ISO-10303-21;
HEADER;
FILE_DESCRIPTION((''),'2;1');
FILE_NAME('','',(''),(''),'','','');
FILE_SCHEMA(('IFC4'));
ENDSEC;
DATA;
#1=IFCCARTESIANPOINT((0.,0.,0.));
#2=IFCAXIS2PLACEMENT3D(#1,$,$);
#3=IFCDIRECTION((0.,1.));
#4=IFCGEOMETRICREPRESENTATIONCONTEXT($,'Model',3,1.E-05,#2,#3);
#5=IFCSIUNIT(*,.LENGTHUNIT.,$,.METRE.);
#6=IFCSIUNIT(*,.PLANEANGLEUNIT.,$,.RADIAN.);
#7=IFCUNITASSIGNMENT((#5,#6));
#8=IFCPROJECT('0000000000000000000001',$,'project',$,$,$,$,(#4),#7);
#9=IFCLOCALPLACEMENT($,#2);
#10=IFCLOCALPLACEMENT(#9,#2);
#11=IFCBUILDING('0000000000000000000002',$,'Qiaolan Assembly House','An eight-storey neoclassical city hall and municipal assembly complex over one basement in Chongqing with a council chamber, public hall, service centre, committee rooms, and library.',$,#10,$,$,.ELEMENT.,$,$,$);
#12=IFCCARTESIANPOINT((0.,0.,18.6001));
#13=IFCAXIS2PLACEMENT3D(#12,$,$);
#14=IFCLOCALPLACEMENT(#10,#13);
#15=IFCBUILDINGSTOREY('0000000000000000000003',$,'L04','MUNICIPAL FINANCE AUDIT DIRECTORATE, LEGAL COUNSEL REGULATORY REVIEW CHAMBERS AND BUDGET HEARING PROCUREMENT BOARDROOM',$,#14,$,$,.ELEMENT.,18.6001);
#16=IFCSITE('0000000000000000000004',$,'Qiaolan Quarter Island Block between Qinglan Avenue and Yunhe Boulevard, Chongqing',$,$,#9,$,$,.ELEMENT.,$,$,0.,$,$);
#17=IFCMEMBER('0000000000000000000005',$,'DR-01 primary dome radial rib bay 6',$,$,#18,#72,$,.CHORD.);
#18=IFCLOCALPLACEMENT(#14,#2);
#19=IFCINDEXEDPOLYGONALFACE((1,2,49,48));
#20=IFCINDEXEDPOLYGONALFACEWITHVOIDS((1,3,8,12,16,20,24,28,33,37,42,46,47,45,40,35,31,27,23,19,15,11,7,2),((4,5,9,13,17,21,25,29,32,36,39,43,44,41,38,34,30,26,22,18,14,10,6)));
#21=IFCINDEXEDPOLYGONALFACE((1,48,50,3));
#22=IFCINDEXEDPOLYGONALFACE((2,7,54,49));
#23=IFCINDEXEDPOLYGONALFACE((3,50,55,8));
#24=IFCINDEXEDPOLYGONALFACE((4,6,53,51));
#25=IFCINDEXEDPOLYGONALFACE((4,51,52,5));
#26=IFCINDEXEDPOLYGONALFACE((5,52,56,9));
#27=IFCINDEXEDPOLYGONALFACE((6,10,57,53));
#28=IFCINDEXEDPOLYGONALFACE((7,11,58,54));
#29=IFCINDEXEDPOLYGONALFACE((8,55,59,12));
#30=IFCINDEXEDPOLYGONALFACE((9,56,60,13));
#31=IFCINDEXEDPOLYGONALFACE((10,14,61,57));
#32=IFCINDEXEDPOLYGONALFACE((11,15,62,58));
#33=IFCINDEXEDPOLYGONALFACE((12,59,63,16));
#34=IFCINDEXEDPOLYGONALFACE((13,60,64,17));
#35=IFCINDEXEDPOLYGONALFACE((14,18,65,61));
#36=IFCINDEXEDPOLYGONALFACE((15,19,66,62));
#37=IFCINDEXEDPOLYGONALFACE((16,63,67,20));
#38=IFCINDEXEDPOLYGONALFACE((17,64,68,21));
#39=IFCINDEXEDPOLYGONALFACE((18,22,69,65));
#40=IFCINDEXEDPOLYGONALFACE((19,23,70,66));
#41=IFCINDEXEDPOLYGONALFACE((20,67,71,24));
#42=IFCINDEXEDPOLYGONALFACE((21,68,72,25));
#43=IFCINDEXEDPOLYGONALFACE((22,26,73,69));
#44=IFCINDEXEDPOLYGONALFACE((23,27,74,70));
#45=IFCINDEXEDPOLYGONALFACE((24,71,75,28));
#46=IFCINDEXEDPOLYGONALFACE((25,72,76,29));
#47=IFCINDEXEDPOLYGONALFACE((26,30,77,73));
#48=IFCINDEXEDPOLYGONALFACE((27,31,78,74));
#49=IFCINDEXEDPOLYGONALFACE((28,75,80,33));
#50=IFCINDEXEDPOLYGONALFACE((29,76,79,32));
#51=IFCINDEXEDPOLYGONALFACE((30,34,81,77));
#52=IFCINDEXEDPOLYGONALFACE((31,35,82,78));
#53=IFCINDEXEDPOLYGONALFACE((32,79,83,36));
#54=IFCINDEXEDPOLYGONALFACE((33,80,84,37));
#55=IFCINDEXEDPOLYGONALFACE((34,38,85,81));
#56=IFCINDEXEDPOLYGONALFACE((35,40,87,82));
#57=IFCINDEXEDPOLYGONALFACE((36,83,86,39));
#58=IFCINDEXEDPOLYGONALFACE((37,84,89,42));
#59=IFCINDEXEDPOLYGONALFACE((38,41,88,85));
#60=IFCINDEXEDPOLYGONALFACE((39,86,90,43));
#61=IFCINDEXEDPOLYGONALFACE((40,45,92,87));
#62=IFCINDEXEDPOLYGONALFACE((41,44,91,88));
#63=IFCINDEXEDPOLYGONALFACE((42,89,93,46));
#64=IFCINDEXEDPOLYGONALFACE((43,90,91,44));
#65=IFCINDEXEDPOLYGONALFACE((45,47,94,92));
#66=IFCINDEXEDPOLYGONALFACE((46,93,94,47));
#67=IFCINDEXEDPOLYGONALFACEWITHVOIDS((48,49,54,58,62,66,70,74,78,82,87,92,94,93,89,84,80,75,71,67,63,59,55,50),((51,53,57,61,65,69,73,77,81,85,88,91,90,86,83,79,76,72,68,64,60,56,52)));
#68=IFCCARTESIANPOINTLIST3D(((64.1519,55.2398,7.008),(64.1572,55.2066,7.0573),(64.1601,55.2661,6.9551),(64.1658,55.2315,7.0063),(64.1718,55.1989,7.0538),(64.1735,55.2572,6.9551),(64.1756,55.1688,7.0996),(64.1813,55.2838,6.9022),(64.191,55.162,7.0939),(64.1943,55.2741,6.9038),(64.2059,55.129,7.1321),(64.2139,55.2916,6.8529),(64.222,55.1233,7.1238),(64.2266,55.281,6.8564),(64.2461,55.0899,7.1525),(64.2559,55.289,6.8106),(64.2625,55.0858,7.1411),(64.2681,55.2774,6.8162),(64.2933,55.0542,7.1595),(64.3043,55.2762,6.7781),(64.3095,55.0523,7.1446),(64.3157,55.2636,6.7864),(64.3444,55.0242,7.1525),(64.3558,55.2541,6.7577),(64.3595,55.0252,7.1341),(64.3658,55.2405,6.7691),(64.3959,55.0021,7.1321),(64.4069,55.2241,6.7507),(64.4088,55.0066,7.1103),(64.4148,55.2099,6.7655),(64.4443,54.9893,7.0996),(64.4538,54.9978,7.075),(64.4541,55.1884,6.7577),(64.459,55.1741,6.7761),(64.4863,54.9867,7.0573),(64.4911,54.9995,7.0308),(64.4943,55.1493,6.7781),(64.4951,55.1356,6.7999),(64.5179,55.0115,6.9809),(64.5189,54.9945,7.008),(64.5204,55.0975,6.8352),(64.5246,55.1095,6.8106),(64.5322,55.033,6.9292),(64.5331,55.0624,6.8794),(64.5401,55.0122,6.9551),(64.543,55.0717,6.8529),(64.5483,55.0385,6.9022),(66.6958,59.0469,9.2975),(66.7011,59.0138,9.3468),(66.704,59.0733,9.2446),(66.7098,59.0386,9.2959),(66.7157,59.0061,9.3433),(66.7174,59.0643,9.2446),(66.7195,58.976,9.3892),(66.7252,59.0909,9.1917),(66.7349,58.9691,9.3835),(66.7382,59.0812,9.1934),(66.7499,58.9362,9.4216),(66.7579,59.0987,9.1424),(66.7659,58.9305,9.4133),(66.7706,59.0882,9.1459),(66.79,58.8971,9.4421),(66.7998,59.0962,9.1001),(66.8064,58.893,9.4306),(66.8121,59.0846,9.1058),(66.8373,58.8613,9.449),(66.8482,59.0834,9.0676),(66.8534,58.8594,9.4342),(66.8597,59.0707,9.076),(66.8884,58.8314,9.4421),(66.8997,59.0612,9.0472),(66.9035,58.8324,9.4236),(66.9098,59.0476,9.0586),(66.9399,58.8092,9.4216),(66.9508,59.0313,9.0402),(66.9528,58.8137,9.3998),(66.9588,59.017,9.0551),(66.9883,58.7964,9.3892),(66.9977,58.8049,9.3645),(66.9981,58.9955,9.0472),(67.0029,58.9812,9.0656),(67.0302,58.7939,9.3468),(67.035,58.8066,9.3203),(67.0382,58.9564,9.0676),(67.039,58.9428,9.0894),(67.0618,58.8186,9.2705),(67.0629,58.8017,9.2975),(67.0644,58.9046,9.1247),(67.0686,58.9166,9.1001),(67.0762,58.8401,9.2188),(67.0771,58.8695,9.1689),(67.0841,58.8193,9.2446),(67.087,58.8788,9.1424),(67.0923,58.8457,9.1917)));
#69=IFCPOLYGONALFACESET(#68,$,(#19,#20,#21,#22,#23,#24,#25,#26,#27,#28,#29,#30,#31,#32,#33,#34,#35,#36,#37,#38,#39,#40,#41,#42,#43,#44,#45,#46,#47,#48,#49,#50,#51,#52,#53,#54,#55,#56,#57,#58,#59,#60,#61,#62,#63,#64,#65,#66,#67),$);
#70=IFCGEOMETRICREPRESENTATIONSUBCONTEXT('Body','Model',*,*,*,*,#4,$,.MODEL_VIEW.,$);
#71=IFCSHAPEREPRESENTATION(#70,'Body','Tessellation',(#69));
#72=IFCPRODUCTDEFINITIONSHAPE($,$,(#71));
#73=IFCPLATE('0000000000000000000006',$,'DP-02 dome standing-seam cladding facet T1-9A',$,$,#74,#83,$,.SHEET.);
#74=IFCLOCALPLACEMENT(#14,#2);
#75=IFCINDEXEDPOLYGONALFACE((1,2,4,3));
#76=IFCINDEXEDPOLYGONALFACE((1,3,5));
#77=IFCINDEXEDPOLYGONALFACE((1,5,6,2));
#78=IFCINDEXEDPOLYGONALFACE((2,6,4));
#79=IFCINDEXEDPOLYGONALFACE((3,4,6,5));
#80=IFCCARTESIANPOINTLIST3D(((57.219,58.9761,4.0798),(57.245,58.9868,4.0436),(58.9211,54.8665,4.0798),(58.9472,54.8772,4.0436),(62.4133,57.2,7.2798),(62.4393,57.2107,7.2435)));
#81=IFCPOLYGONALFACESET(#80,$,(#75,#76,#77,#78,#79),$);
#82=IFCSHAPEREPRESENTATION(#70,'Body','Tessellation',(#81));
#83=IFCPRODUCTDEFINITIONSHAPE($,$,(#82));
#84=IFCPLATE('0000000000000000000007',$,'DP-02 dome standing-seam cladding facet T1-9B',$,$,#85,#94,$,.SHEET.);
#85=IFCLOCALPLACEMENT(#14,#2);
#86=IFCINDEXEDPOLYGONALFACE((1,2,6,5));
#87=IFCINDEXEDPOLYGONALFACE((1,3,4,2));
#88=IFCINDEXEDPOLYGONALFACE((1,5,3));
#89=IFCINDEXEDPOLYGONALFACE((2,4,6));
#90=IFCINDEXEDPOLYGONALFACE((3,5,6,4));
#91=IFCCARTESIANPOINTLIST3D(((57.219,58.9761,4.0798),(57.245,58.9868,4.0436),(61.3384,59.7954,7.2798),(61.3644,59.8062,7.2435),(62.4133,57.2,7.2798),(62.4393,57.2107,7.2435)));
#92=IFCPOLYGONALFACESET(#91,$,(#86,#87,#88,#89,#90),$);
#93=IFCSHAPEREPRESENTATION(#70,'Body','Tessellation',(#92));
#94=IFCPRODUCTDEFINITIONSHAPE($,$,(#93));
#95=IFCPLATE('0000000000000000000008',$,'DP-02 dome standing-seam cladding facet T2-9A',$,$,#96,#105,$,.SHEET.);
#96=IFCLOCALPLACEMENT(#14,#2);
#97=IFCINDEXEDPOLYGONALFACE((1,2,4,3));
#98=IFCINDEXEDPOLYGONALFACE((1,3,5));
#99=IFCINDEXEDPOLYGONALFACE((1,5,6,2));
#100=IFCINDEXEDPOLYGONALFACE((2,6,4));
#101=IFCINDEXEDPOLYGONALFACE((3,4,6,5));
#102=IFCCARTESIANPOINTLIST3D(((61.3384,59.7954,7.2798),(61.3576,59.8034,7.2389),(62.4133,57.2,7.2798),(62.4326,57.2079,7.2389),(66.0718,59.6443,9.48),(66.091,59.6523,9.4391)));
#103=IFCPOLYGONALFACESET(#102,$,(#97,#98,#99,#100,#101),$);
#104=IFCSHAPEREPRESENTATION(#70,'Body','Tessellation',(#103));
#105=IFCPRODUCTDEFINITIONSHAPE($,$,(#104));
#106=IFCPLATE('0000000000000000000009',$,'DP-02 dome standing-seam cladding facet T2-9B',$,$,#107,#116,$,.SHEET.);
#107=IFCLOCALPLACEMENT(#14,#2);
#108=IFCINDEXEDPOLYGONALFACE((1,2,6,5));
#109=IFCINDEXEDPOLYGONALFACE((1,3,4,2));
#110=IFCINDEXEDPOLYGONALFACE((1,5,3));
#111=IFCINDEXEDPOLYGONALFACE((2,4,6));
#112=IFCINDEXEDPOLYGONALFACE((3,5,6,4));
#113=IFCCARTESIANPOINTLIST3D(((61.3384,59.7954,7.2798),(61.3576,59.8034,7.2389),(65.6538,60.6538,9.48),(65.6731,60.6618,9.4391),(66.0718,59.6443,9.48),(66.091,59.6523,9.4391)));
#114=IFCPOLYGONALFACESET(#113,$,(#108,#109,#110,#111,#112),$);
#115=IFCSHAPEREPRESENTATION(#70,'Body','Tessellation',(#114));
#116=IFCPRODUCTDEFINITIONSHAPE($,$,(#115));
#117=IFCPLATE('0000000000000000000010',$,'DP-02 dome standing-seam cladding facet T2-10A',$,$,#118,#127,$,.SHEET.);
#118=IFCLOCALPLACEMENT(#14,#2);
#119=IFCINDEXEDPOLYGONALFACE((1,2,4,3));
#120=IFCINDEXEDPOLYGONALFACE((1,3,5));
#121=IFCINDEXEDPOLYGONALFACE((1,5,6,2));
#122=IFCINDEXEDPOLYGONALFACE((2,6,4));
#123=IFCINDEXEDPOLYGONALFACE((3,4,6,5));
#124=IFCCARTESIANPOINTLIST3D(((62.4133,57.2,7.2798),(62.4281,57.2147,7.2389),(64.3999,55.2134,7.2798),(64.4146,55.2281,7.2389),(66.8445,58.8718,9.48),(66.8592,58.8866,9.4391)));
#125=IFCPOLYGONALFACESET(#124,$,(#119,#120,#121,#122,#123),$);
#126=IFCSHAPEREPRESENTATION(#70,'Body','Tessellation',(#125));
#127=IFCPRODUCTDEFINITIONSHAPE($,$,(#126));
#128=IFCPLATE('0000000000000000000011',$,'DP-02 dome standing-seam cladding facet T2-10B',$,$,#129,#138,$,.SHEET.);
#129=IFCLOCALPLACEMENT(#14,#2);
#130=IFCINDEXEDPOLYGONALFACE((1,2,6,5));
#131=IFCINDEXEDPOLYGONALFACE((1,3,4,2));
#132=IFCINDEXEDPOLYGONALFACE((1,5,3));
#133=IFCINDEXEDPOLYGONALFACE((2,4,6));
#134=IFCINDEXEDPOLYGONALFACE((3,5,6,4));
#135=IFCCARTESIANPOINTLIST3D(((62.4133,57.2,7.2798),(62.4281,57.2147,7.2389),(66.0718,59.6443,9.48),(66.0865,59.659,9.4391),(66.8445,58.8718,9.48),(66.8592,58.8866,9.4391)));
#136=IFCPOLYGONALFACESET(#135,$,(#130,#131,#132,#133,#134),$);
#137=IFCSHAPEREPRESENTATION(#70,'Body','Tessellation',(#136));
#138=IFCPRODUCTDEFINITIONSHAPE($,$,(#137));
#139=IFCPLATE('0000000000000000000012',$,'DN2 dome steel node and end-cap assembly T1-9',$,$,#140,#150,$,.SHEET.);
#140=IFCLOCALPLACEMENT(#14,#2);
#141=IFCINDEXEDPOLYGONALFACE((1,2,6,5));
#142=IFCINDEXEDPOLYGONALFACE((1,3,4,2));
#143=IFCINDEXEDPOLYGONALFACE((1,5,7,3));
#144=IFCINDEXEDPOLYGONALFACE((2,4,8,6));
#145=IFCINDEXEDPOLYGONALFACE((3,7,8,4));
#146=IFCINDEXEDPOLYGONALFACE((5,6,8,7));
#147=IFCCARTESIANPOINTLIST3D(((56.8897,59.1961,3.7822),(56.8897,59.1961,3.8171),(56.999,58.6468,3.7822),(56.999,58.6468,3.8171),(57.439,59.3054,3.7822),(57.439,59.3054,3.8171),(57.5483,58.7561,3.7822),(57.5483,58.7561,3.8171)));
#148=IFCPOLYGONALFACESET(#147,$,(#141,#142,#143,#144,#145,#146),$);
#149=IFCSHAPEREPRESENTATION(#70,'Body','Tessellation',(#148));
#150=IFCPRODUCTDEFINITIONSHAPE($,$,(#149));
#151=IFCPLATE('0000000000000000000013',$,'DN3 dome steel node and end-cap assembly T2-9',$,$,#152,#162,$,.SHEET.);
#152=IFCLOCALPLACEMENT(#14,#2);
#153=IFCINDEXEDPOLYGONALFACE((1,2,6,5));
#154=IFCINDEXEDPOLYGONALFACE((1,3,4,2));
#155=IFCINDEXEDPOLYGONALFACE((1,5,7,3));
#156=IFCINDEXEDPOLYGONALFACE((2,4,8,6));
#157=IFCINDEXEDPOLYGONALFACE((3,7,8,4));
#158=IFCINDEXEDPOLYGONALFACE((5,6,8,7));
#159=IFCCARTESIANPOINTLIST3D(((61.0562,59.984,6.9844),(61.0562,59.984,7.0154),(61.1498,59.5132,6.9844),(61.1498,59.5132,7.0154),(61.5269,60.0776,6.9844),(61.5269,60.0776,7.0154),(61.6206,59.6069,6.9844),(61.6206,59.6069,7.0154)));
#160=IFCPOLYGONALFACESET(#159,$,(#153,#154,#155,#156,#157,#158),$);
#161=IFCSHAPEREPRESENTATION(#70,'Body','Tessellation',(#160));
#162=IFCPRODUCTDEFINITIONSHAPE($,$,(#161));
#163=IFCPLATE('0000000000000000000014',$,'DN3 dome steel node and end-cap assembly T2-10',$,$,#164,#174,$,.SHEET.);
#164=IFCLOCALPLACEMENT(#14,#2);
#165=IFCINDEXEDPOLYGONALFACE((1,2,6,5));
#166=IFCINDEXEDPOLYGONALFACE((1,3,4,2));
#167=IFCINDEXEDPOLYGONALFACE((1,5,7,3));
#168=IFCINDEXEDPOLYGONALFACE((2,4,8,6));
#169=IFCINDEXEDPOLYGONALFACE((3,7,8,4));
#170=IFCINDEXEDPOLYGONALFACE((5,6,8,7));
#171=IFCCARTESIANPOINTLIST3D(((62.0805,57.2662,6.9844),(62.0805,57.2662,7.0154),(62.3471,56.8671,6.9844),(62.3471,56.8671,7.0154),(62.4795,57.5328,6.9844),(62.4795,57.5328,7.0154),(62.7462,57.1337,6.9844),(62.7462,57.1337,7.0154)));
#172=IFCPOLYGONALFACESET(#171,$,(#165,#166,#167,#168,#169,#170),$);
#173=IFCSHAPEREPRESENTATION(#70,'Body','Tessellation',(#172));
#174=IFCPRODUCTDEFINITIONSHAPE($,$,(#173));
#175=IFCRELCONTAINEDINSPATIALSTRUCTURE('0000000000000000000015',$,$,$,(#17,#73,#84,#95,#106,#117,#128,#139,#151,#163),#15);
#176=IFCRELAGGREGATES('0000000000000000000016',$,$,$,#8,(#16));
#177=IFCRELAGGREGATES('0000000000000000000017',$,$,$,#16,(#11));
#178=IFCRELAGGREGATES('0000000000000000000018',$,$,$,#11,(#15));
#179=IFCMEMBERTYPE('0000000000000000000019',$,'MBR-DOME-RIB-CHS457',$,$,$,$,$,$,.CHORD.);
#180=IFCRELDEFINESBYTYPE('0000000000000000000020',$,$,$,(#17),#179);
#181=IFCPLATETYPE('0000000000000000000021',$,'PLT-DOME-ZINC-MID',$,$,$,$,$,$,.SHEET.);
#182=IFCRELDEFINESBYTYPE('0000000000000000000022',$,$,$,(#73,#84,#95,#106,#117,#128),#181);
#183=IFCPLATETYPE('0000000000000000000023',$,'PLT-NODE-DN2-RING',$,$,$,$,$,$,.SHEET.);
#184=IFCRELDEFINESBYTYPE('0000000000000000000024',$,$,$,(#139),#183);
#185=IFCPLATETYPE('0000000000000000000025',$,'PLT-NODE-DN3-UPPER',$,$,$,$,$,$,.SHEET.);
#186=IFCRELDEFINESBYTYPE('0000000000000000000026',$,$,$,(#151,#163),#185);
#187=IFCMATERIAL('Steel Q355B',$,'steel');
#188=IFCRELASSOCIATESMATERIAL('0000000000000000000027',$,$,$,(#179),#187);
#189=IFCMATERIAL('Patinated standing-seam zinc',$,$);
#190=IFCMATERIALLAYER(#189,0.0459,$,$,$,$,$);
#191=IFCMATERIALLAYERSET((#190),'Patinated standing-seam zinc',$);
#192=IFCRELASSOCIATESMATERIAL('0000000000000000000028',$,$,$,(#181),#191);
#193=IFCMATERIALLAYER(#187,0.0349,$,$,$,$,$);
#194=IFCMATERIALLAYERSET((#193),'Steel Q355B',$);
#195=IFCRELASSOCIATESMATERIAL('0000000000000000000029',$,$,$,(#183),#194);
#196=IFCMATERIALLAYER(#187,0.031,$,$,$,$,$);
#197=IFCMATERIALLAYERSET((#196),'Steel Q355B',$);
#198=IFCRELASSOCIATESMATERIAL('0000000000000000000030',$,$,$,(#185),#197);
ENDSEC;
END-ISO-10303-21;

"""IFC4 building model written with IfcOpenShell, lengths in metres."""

from ifc_helpers import new_model, si_unit, direction, frame, origin, origin_2d, place, context, subcontext, project, spatial, polyline, rectangle, hollow_circle, outline, extrude, material, layer, layer_set, material_profile, profile_set, type_object, element, save


model = new_model("IFC4")

# Units and contexts
model_context = context("Model", 3, precision=1e-05, world=origin(), true_north=direction((0.0, 1.0)))
body_context = subcontext(model_context, "Body", "Model", "MODEL_VIEW")
ifc_project = project(units=[si_unit("LENGTHUNIT", "METRE"), si_unit("PLANEANGLEUNIT", "RADIAN")], contexts=[model_context])

# Site, building, storey
site_placement = place(None, origin())
site = spatial("IfcSite", under=ifc_project, at=site_placement, Name="Qiaolan Quarter Island Block between Qinglan Avenue and Yunhe Boulevard, Chongqing", CompositionType="ELEMENT", RefElevation=0.0)
building_placement = place(site_placement, origin())
building = spatial("IfcBuilding", under=site, at=building_placement, Name="Qiaolan Assembly House", Description="An eight-storey neoclassical city hall and municipal assembly complex over one basement in Chongqing with a council chamber, public hall, service centre, committee rooms, and library.", CompositionType="ELEMENT")
storey_placement = place(building_placement, frame((0.0, 0.0, 18.6001)))
storey = spatial("IfcBuildingStorey", under=building, at=storey_placement, Name="L04", Description="MUNICIPAL FINANCE AUDIT DIRECTORATE, LEGAL COUNSEL REGULATORY REVIEW CHAMBERS AND BUDGET HEARING PROCUREMENT BOARDROOM", CompositionType="ELEMENT", Elevation=18.6001)

# Shared definitions
ifc_material_1 = material(Name="Steel Q355B", Category="steel")

# Member
ifc_material_profile_1 = material_profile(ifc_material_1, hollow_circle(Radius=0.2285, WallThickness=0.0161, at=origin_2d()), Name="CHS 457x16")
ifc_profile_set_1 = profile_set([ifc_material_profile_1], Name="Steel Q355B")
member_type_1 = type_object("IfcMemberType", Name="MBR-DOME-RIB-CHS457", PredefinedType="CHORD", material=ifc_profile_set_1)
member_1_placement = place(storey_placement, frame((64.3501, 55.1392, 6.9551), z_axis=(0.496926, 0.743672, 0.447233), x_axis=(-0.831459, 0.555586, 0.0)))
element("IfcMember", 1, at=member_1_placement, inside=storey, type_object=member_type_1, Name="DR-01 primary dome radial rib bay 6", PredefinedType="CHORD", context=body_context, shape_type="SweptSolid", body=[
    extrude(hollow_circle(Radius=0.2285, WallThickness=0.0161, at=origin_2d()), origin(), (0.0, 0.0, 1.0), 5.1194),
])

# Plates
ifc_material_2 = material(Name="Patinated standing-seam zinc")
ifc_layer_1 = layer(ifc_material_2, 0.0459)
ifc_layer_set_1 = layer_set([ifc_layer_1], Name="Patinated standing-seam zinc")
plate_type_1 = type_object("IfcPlateType", Name="PLT-DOME-ZINC-MID", PredefinedType="SHEET", material=ifc_layer_set_1)
plate_1_placement = place(storey_placement, frame((57.219, 58.9761, 4.0798), z_axis=(-0.566774, -0.23475, 0.789721), x_axis=(0.382662, -0.923888, 0.0)))
element("IfcPlate", 2, at=plate_1_placement, inside=storey, type_object=plate_type_1, Name="DP-02 dome standing-seam cladding facet T1-9A", PredefinedType="SHEET", context=body_context, shape_type="SweptSolid", body=[
    extrude(outline(polyline([(0.0, 0.0), (4.4482, 0.0), (3.6286, 5.2162), (0.0, 0.0)])), origin(), (0.0, 0.0, -1.0), 0.0459),
])
plate_2_placement = place(storey_placement, frame((57.219, 58.9761, 4.0798), z_axis=(-0.566773, -0.234738, 0.789726), x_axis=(0.817469, -0.279521, 0.503599)))
element("IfcPlate", 3, at=plate_2_placement, inside=storey, type_object=plate_type_1, Name="DP-02 dome standing-seam cladding facet T1-9B", PredefinedType="SHEET", context=body_context, shape_type="SweptSolid", body=[
    extrude(outline(polyline([(0.0, 0.0), (6.3542, 0.0), (4.7499, 2.3062), (0.0, 0.0)])), origin(), (0.0, 0.0, -1.0), 0.0459),
])
plate_3_placement = place(storey_placement, frame((61.3384, 59.7954, 7.2798), z_axis=(-0.419655, -0.173807, 0.890888), x_axis=(0.382646, -0.923895, 0.0)))
element("IfcPlate", 4, at=plate_3_placement, inside=storey, type_object=plate_type_1, Name="DP-02 dome standing-seam cladding facet T2-9A", PredefinedType="SHEET", context=body_context, shape_type="SweptSolid", body=[
    extrude(outline(polyline([(0.0, 0.0), (2.8093, 0.0), (1.9508, 4.8439), (0.0, 0.0)])), origin(), (0.0, 0.0, -1.0), 0.0459),
])
plate_4_placement = place(storey_placement, frame((61.3384, 59.7954, 7.2798), z_axis=(-0.419658, -0.173749, 0.890898), x_axis=(0.906443, -0.02894, 0.421336)))
element("IfcPlate", 5, at=plate_4_placement, inside=storey, type_object=plate_type_1, Name="DP-02 dome standing-seam cladding facet T2-9B", PredefinedType="SHEET", context=body_context, shape_type="SweptSolid", body=[
    extrude(outline(polyline([(0.0, 0.0), (5.2219, 0.0), (4.8139, 1.0136), (0.0, 0.0)])), origin(), (0.0, 0.0, -1.0), 0.0459),
])
plate_5_placement = place(storey_placement, frame((62.4133, 57.2, 7.2798), z_axis=(-0.321175, -0.321175, 0.890894), x_axis=(0.707107, -0.707107, 0.0)))
element("IfcPlate", 6, at=plate_5_placement, inside=storey, type_object=plate_type_1, Name="DP-02 dome standing-seam cladding facet T2-10A", PredefinedType="SHEET", context=body_context, shape_type="SweptSolid", body=[
    extrude(outline(polyline([(0.0, 0.0), (2.8094, 0.0), (1.9511, 4.844), (0.0, 0.0)])), origin(), (0.0, 0.0, -1.0), 0.0459),
])
plate_6_placement = place(storey_placement, frame((62.4133, 57.2, 7.2798), z_axis=(-0.321143, -0.321244, 0.890881), x_axis=(0.848526, 0.320149, 0.421318)))
element("IfcPlate", 7, at=plate_6_placement, inside=storey, type_object=plate_type_1, Name="DP-02 dome standing-seam cladding facet T2-10B", PredefinedType="SHEET", context=body_context, shape_type="SweptSolid", body=[
    extrude(outline(polyline([(0.0, 0.0), (5.2222, 0.0), (4.8138, 1.0134), (0.0, 0.0)])), origin(), (0.0, 0.0, -1.0), 0.0459),
])
ifc_layer_2 = layer(ifc_material_1, 0.0349)
ifc_layer_set_2 = layer_set([ifc_layer_2], Name="Steel Q355B")
plate_type_2 = type_object("IfcPlateType", Name="PLT-NODE-DN2-RING", PredefinedType="SHEET", material=ifc_layer_set_2)
plate_7_placement = place(storey_placement, frame((57.219, 58.9761, 3.7822), z_axis=(0.0, 0.0, 1.0), x_axis=(-0.980785, -0.19509, 0.0)))
element("IfcPlate", 8, at=plate_7_placement, inside=storey, type_object=plate_type_2, Name="DN2 dome steel node and end-cap assembly T1-9", PredefinedType="SHEET", context=body_context, shape_type="SweptSolid", body=[
    extrude(rectangle(XDim=0.5601, YDim=0.5601, at=origin_2d()), origin(), (0.0, 0.0, 1.0), 0.0349),
])
ifc_layer_3 = layer(ifc_material_1, 0.031)
ifc_layer_set_3 = layer_set([ifc_layer_3], Name="Steel Q355B")
plate_type_3 = type_object("IfcPlateType", Name="PLT-NODE-DN3-UPPER", PredefinedType="SHEET", material=ifc_layer_set_3)
for number, where, z_axis, x_axis, name in (
    (9, (61.3384, 59.7954, 6.9844), (0.0, 0.0, 1.0), (-0.980785, -0.19509, 0.0), "DN3 dome steel node and end-cap assembly T2-9"),
    (10, (62.4133, 57.2, 6.9844), (0.0, 0.0, 1.0), (-0.83147, -0.55557, 0.0), "DN3 dome steel node and end-cap assembly T2-10"),
):
    element("IfcPlate", number, at=place(storey_placement, frame(where, z_axis=z_axis, x_axis=x_axis)), inside=storey, type_object=plate_type_3, Name=name, PredefinedType="SHEET", context=body_context, shape_type="SweptSolid", body=[
        extrude(rectangle(XDim=0.48, YDim=0.48, at=origin_2d()), origin(), (0.0, 0.0, 1.0), 0.031),
    ])

save(model, "model.ifc")
